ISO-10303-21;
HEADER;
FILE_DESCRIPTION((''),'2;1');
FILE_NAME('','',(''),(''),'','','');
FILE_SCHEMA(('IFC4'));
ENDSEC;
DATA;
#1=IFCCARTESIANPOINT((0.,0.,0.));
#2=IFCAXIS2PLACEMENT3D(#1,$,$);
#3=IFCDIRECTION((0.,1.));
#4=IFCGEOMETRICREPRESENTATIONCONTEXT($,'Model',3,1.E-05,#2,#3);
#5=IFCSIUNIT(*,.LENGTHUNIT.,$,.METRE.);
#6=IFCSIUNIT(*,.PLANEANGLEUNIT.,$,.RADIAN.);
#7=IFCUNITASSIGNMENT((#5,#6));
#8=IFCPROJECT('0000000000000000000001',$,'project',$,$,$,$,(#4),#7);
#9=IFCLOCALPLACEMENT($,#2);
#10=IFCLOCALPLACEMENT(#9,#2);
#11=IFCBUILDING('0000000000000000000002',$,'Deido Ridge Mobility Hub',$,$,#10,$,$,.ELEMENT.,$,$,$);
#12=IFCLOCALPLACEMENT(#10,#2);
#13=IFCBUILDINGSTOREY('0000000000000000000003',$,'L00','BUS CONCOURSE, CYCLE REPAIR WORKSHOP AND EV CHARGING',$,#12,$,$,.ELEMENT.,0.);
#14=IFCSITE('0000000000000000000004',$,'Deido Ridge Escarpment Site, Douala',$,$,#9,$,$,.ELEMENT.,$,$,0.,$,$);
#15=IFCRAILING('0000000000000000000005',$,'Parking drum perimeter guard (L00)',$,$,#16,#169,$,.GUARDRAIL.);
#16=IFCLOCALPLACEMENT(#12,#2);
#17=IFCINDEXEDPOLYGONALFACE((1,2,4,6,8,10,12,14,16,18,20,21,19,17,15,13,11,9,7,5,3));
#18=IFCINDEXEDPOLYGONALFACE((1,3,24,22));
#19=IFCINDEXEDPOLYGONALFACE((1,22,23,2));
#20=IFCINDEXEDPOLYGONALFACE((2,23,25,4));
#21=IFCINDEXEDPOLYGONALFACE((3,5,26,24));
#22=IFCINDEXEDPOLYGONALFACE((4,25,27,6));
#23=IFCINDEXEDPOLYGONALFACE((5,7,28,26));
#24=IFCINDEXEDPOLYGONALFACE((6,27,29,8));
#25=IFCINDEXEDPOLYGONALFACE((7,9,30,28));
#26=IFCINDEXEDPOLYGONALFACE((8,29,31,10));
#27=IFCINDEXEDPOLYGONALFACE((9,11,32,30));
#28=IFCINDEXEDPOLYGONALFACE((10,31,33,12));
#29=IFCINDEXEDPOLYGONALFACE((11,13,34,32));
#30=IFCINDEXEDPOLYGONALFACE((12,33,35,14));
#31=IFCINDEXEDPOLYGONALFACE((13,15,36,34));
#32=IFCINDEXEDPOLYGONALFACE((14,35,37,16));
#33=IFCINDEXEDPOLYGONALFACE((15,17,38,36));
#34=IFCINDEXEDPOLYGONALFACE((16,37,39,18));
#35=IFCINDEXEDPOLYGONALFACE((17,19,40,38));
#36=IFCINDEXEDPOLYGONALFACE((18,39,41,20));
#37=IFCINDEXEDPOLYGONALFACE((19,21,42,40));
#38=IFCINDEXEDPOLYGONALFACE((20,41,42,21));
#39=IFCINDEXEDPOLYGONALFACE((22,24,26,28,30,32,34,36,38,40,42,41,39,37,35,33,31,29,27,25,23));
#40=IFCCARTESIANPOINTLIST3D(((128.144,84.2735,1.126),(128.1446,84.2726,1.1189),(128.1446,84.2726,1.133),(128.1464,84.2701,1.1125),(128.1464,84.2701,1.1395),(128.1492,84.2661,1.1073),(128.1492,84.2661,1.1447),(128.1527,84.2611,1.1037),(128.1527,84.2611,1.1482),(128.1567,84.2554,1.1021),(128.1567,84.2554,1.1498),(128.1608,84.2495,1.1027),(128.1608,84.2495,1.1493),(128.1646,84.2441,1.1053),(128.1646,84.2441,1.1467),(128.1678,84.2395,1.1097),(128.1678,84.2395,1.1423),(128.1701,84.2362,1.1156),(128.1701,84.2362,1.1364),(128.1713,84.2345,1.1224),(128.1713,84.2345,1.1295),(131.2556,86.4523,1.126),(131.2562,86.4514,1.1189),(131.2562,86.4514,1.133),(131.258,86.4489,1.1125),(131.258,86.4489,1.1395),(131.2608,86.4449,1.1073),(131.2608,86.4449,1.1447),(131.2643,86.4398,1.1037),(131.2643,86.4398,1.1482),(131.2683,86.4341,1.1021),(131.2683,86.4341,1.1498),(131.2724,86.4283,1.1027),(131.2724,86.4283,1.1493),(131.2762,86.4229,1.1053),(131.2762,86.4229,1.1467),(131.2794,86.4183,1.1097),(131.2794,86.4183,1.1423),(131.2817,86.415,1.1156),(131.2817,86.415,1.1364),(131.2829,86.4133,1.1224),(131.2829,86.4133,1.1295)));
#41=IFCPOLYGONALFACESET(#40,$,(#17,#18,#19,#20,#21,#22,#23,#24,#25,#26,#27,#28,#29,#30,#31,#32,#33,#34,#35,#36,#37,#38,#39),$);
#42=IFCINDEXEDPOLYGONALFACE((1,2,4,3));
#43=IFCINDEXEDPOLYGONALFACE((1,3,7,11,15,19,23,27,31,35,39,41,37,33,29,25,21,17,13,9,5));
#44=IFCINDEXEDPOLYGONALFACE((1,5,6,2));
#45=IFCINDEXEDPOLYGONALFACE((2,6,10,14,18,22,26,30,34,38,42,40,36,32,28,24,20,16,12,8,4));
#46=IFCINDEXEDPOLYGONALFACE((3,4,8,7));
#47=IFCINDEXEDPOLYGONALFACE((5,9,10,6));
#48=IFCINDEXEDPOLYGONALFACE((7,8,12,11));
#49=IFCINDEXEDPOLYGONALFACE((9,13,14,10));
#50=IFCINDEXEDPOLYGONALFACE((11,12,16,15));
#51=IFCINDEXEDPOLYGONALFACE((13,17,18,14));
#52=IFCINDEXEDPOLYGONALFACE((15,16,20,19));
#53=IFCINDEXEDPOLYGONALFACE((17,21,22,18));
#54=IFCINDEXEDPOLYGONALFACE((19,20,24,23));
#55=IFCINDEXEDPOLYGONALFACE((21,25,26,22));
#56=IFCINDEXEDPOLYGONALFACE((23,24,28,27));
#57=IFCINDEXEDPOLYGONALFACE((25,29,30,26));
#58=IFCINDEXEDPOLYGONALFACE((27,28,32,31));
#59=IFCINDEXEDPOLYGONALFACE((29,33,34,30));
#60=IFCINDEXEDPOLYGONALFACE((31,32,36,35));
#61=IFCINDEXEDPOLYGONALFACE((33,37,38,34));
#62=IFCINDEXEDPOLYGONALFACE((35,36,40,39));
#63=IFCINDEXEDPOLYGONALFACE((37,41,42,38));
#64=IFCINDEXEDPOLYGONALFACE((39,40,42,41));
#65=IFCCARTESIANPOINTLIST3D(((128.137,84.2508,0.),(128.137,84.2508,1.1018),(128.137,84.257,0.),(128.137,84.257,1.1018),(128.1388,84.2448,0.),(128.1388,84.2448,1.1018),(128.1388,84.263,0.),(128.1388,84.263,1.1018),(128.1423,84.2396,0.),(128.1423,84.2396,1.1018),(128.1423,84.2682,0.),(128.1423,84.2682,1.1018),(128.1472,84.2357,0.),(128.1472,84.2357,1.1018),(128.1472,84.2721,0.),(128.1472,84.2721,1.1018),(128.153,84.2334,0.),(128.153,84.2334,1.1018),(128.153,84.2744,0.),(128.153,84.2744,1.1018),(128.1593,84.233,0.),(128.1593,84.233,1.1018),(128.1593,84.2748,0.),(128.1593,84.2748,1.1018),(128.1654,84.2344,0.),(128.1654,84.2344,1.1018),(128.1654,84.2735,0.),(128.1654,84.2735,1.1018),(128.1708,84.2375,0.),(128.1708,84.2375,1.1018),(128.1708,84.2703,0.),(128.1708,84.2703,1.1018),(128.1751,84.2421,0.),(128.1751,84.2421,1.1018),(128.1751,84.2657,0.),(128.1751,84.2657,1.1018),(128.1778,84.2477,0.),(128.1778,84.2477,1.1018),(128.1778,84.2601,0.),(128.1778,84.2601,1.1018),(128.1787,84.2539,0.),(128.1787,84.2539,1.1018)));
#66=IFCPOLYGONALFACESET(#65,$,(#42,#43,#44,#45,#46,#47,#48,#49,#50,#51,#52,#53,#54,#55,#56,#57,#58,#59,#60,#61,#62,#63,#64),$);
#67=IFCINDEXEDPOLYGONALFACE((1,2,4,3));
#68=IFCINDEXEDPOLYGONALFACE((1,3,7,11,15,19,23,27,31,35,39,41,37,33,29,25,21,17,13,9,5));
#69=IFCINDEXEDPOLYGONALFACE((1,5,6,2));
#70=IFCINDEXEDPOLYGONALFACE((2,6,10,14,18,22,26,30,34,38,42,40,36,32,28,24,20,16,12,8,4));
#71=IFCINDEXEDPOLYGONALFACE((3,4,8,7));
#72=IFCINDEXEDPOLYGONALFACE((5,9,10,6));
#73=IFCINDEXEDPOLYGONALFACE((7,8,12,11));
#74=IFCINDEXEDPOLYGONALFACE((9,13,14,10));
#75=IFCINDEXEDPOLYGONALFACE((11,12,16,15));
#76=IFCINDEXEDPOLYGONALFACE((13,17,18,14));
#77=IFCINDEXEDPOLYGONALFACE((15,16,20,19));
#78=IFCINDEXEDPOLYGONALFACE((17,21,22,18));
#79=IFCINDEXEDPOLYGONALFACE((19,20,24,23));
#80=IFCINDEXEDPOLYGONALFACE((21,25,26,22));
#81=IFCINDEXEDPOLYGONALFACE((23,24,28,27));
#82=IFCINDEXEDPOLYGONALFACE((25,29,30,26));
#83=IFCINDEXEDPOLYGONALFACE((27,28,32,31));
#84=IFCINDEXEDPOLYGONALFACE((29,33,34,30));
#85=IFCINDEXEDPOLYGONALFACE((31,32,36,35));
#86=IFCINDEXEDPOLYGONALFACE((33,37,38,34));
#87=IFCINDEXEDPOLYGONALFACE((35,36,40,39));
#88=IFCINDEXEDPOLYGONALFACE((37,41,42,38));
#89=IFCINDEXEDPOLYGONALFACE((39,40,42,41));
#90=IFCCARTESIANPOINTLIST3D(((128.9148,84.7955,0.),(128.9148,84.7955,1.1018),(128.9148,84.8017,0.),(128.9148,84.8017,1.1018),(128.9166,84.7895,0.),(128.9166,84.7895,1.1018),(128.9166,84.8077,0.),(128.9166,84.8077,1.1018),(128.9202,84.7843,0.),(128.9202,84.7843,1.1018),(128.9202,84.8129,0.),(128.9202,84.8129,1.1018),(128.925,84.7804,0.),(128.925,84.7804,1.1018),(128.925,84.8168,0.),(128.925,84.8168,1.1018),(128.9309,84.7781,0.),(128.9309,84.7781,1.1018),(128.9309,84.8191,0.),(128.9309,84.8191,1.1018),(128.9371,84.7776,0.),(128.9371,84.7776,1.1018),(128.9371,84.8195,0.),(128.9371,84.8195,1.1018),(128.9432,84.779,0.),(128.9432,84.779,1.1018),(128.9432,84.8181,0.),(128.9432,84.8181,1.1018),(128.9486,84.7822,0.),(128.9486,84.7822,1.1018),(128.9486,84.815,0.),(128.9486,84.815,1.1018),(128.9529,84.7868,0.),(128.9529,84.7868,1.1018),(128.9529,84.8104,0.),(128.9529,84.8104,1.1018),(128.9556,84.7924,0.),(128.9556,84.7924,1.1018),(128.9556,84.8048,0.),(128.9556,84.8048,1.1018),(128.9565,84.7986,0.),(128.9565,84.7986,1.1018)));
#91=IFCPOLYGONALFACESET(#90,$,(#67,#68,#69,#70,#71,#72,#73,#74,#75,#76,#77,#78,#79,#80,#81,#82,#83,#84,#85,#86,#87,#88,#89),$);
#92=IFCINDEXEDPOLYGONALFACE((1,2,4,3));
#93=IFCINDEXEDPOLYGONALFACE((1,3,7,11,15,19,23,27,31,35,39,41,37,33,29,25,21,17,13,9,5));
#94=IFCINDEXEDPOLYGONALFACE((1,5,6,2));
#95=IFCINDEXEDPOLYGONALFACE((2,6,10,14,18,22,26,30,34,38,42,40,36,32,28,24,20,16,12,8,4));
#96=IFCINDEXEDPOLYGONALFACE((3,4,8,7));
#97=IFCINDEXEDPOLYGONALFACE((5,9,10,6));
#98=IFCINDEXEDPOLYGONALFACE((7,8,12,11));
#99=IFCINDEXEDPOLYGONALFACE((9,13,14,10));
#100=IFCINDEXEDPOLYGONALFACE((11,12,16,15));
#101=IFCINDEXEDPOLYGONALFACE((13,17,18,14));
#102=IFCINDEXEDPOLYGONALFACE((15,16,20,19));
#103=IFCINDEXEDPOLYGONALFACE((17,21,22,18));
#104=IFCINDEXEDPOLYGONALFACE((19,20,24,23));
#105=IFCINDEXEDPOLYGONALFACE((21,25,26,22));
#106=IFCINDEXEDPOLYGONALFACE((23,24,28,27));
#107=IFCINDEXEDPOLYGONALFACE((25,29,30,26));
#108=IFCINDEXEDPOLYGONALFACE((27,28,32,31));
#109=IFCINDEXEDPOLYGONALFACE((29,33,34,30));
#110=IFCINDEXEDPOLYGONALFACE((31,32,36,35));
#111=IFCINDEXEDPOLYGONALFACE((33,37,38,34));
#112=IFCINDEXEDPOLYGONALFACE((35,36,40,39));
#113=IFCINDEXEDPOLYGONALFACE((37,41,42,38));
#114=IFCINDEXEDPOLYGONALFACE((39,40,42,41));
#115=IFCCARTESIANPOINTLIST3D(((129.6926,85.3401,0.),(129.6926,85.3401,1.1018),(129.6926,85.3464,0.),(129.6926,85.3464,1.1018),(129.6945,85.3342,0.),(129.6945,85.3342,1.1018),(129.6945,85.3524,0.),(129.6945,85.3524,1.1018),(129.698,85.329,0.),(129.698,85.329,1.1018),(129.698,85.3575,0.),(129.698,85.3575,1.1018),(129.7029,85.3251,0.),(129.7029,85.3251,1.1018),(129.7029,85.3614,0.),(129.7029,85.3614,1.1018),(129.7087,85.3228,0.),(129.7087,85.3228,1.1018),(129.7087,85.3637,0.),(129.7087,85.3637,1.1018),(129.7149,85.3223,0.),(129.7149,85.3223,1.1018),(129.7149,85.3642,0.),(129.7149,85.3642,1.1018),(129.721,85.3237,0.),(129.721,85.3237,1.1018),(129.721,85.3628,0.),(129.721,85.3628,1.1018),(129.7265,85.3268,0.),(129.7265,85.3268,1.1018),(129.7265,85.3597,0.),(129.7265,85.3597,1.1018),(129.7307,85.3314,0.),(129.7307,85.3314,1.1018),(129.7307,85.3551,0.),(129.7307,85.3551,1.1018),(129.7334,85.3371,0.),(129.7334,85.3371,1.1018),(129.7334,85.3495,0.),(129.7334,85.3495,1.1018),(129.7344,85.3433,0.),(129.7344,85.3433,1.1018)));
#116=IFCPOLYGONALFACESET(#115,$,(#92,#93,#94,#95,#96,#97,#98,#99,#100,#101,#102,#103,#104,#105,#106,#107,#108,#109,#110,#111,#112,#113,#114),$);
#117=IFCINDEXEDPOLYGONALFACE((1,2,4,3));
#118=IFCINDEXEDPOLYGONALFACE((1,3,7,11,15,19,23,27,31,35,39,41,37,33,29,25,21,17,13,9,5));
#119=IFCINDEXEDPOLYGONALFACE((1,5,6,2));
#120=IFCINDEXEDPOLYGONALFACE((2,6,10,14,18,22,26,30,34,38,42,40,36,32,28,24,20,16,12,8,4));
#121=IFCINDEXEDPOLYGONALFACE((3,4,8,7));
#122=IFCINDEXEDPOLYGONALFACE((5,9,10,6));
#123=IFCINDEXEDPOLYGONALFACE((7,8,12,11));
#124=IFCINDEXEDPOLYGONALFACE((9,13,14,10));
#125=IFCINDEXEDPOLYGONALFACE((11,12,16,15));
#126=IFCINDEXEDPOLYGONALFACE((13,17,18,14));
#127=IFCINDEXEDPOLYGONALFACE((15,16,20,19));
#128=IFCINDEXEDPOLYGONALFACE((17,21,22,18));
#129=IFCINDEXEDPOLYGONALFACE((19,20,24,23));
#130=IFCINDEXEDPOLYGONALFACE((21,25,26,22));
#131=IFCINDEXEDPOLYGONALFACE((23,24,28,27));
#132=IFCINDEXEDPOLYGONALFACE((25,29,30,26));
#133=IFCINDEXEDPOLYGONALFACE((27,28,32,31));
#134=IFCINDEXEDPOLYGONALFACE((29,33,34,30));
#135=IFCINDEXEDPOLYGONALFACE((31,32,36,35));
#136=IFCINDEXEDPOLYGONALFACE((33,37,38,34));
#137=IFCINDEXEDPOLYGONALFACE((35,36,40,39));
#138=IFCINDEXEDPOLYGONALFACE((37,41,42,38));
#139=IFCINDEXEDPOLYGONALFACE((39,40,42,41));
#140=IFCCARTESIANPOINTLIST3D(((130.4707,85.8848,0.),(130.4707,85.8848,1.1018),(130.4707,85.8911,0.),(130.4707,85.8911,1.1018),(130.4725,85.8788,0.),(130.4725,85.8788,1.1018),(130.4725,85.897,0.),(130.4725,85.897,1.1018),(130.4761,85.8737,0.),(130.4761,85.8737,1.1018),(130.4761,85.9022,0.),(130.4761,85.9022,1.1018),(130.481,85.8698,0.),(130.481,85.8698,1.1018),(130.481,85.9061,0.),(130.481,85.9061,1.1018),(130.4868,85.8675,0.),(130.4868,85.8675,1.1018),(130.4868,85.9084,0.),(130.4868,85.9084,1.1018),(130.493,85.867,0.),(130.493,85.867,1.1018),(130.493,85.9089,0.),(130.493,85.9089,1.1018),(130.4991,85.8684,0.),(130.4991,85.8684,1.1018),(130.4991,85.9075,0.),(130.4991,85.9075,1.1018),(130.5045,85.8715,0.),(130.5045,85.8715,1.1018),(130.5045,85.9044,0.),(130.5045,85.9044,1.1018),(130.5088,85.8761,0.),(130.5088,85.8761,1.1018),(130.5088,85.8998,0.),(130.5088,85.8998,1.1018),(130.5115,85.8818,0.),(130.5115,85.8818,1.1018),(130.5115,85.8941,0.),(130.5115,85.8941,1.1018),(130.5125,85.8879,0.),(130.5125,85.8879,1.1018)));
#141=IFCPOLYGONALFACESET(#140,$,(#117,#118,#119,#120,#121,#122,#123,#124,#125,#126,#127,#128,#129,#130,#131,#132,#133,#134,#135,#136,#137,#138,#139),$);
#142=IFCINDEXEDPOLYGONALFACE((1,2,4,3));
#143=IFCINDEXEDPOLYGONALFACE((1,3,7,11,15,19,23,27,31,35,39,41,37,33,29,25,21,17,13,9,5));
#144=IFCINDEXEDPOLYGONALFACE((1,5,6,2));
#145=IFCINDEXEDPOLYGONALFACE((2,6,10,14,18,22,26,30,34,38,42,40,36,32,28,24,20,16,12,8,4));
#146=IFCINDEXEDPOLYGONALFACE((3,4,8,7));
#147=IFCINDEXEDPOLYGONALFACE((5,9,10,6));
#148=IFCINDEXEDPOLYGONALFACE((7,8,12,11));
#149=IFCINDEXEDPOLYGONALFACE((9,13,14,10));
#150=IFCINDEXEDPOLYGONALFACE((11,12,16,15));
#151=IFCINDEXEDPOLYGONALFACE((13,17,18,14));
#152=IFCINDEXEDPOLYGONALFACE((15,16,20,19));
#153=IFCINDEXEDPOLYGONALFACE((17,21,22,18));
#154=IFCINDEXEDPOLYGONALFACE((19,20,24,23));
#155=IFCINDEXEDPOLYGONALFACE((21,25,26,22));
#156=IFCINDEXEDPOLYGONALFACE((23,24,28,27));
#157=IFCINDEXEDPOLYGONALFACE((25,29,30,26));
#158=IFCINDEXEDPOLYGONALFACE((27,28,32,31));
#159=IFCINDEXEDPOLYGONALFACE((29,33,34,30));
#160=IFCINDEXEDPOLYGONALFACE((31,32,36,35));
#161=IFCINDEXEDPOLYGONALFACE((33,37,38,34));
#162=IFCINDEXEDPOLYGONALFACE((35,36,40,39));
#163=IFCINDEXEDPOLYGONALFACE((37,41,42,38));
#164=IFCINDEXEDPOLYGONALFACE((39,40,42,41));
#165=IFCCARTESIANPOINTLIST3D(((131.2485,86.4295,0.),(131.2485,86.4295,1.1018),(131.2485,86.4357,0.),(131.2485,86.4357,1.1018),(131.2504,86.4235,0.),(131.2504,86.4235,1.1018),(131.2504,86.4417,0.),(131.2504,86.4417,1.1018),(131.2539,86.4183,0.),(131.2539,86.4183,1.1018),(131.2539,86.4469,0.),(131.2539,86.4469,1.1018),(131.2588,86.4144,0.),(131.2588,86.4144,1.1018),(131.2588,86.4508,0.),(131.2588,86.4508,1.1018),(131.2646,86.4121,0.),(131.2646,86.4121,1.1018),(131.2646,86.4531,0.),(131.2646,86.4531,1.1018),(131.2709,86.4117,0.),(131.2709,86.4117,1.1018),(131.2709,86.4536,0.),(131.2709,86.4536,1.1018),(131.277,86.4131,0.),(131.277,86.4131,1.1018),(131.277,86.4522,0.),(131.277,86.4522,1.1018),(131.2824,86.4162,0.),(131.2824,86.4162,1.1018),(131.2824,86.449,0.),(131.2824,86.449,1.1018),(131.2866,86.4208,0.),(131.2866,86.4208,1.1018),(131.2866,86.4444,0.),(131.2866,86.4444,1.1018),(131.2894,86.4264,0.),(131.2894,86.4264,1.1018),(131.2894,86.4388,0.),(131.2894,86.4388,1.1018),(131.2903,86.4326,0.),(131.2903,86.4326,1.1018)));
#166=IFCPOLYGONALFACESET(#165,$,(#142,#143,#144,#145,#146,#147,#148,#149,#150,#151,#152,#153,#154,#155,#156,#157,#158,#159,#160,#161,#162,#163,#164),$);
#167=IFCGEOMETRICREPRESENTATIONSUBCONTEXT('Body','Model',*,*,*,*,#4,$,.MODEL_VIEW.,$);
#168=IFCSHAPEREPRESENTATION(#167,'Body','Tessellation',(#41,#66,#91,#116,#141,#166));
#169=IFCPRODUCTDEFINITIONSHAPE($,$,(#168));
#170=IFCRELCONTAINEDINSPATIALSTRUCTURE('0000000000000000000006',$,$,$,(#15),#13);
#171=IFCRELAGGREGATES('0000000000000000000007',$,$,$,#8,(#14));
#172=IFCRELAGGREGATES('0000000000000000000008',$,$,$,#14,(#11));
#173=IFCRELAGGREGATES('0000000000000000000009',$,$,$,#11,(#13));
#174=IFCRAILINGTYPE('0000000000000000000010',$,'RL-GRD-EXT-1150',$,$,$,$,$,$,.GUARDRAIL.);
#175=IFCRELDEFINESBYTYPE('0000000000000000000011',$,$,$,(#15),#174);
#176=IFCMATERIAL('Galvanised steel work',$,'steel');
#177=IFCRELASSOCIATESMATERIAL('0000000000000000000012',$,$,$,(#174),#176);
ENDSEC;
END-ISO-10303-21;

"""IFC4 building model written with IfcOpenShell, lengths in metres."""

from ifc_helpers import new_model, si_unit, direction, frame, origin, origin_2d, place, context, subcontext, project, spatial, circle, extrude, material, type_object, element, save


model = new_model("IFC4")

# Units and contexts
model_context = context("Model", 3, precision=1e-05, world=origin(), true_north=direction((0.0, 1.0)))
body_context = subcontext(model_context, "Body", "Model", "MODEL_VIEW")
ifc_project = project(units=[si_unit("LENGTHUNIT", "METRE"), si_unit("PLANEANGLEUNIT", "RADIAN")], contexts=[model_context])

# Site, building, storey
site_placement = place(None, origin())
site = spatial("IfcSite", under=ifc_project, at=site_placement, Name="Deido Ridge Escarpment Site, Douala", CompositionType="ELEMENT", RefElevation=0.0)
building_placement = place(site_placement, origin())
building = spatial("IfcBuilding", under=site, at=building_placement, Name="Deido Ridge Mobility Hub", CompositionType="ELEMENT")
storey_placement = place(building_placement, origin())
storey = spatial("IfcBuildingStorey", under=building, at=storey_placement, Name="L00", Description="BUS CONCOURSE, CYCLE REPAIR WORKSHOP AND EV CHARGING", CompositionType="ELEMENT", Elevation=0.0)

# Railing
ifc_material_1 = material(Name="Galvanised steel work", Category="steel")
railing_type = type_object("IfcRailingType", Name="RL-GRD-EXT-1150", PredefinedType="GUARDRAIL", material=ifc_material_1)
railing_1_placement = place(storey_placement, frame((128.1577, 84.2539, 0.0)))
element("IfcRailing", 1, at=railing_1_placement, inside=storey, type_object=railing_type, Name="Parking drum perimeter guard (L00)", PredefinedType="GUARDRAIL", context=body_context, shape_type="SweptSolid", body=[
    extrude(circle(Radius=0.0239, at=origin_2d()), frame((0.0, 0.0, 1.126), z_axis=(0.819156, 0.57357, 0.0), x_axis=(-0.57357, 0.819156, 0.0)), (0.0, 0.0, 1.0), 3.7986),
    extrude(circle(Radius=0.021, at=origin_2d()), origin(), (0.0, 0.0, 1.0), 1.1018),
    extrude(circle(Radius=0.021, at=origin_2d()), frame((0.7778, 0.5447, 0.0)), (0.0, 0.0, 1.0), 1.1018),
    extrude(circle(Radius=0.021, at=origin_2d()), frame((1.5557, 1.0894, 0.0)), (0.0, 0.0, 1.0), 1.1018),
    extrude(circle(Radius=0.021, at=origin_2d()), frame((2.3337, 1.634, 0.0)), (0.0, 0.0, 1.0), 1.1018),
    extrude(circle(Radius=0.021, at=origin_2d()), frame((3.1116, 2.1787, 0.0)), (0.0, 0.0, 1.0), 1.1018),
])

save(model, "model.ifc")
